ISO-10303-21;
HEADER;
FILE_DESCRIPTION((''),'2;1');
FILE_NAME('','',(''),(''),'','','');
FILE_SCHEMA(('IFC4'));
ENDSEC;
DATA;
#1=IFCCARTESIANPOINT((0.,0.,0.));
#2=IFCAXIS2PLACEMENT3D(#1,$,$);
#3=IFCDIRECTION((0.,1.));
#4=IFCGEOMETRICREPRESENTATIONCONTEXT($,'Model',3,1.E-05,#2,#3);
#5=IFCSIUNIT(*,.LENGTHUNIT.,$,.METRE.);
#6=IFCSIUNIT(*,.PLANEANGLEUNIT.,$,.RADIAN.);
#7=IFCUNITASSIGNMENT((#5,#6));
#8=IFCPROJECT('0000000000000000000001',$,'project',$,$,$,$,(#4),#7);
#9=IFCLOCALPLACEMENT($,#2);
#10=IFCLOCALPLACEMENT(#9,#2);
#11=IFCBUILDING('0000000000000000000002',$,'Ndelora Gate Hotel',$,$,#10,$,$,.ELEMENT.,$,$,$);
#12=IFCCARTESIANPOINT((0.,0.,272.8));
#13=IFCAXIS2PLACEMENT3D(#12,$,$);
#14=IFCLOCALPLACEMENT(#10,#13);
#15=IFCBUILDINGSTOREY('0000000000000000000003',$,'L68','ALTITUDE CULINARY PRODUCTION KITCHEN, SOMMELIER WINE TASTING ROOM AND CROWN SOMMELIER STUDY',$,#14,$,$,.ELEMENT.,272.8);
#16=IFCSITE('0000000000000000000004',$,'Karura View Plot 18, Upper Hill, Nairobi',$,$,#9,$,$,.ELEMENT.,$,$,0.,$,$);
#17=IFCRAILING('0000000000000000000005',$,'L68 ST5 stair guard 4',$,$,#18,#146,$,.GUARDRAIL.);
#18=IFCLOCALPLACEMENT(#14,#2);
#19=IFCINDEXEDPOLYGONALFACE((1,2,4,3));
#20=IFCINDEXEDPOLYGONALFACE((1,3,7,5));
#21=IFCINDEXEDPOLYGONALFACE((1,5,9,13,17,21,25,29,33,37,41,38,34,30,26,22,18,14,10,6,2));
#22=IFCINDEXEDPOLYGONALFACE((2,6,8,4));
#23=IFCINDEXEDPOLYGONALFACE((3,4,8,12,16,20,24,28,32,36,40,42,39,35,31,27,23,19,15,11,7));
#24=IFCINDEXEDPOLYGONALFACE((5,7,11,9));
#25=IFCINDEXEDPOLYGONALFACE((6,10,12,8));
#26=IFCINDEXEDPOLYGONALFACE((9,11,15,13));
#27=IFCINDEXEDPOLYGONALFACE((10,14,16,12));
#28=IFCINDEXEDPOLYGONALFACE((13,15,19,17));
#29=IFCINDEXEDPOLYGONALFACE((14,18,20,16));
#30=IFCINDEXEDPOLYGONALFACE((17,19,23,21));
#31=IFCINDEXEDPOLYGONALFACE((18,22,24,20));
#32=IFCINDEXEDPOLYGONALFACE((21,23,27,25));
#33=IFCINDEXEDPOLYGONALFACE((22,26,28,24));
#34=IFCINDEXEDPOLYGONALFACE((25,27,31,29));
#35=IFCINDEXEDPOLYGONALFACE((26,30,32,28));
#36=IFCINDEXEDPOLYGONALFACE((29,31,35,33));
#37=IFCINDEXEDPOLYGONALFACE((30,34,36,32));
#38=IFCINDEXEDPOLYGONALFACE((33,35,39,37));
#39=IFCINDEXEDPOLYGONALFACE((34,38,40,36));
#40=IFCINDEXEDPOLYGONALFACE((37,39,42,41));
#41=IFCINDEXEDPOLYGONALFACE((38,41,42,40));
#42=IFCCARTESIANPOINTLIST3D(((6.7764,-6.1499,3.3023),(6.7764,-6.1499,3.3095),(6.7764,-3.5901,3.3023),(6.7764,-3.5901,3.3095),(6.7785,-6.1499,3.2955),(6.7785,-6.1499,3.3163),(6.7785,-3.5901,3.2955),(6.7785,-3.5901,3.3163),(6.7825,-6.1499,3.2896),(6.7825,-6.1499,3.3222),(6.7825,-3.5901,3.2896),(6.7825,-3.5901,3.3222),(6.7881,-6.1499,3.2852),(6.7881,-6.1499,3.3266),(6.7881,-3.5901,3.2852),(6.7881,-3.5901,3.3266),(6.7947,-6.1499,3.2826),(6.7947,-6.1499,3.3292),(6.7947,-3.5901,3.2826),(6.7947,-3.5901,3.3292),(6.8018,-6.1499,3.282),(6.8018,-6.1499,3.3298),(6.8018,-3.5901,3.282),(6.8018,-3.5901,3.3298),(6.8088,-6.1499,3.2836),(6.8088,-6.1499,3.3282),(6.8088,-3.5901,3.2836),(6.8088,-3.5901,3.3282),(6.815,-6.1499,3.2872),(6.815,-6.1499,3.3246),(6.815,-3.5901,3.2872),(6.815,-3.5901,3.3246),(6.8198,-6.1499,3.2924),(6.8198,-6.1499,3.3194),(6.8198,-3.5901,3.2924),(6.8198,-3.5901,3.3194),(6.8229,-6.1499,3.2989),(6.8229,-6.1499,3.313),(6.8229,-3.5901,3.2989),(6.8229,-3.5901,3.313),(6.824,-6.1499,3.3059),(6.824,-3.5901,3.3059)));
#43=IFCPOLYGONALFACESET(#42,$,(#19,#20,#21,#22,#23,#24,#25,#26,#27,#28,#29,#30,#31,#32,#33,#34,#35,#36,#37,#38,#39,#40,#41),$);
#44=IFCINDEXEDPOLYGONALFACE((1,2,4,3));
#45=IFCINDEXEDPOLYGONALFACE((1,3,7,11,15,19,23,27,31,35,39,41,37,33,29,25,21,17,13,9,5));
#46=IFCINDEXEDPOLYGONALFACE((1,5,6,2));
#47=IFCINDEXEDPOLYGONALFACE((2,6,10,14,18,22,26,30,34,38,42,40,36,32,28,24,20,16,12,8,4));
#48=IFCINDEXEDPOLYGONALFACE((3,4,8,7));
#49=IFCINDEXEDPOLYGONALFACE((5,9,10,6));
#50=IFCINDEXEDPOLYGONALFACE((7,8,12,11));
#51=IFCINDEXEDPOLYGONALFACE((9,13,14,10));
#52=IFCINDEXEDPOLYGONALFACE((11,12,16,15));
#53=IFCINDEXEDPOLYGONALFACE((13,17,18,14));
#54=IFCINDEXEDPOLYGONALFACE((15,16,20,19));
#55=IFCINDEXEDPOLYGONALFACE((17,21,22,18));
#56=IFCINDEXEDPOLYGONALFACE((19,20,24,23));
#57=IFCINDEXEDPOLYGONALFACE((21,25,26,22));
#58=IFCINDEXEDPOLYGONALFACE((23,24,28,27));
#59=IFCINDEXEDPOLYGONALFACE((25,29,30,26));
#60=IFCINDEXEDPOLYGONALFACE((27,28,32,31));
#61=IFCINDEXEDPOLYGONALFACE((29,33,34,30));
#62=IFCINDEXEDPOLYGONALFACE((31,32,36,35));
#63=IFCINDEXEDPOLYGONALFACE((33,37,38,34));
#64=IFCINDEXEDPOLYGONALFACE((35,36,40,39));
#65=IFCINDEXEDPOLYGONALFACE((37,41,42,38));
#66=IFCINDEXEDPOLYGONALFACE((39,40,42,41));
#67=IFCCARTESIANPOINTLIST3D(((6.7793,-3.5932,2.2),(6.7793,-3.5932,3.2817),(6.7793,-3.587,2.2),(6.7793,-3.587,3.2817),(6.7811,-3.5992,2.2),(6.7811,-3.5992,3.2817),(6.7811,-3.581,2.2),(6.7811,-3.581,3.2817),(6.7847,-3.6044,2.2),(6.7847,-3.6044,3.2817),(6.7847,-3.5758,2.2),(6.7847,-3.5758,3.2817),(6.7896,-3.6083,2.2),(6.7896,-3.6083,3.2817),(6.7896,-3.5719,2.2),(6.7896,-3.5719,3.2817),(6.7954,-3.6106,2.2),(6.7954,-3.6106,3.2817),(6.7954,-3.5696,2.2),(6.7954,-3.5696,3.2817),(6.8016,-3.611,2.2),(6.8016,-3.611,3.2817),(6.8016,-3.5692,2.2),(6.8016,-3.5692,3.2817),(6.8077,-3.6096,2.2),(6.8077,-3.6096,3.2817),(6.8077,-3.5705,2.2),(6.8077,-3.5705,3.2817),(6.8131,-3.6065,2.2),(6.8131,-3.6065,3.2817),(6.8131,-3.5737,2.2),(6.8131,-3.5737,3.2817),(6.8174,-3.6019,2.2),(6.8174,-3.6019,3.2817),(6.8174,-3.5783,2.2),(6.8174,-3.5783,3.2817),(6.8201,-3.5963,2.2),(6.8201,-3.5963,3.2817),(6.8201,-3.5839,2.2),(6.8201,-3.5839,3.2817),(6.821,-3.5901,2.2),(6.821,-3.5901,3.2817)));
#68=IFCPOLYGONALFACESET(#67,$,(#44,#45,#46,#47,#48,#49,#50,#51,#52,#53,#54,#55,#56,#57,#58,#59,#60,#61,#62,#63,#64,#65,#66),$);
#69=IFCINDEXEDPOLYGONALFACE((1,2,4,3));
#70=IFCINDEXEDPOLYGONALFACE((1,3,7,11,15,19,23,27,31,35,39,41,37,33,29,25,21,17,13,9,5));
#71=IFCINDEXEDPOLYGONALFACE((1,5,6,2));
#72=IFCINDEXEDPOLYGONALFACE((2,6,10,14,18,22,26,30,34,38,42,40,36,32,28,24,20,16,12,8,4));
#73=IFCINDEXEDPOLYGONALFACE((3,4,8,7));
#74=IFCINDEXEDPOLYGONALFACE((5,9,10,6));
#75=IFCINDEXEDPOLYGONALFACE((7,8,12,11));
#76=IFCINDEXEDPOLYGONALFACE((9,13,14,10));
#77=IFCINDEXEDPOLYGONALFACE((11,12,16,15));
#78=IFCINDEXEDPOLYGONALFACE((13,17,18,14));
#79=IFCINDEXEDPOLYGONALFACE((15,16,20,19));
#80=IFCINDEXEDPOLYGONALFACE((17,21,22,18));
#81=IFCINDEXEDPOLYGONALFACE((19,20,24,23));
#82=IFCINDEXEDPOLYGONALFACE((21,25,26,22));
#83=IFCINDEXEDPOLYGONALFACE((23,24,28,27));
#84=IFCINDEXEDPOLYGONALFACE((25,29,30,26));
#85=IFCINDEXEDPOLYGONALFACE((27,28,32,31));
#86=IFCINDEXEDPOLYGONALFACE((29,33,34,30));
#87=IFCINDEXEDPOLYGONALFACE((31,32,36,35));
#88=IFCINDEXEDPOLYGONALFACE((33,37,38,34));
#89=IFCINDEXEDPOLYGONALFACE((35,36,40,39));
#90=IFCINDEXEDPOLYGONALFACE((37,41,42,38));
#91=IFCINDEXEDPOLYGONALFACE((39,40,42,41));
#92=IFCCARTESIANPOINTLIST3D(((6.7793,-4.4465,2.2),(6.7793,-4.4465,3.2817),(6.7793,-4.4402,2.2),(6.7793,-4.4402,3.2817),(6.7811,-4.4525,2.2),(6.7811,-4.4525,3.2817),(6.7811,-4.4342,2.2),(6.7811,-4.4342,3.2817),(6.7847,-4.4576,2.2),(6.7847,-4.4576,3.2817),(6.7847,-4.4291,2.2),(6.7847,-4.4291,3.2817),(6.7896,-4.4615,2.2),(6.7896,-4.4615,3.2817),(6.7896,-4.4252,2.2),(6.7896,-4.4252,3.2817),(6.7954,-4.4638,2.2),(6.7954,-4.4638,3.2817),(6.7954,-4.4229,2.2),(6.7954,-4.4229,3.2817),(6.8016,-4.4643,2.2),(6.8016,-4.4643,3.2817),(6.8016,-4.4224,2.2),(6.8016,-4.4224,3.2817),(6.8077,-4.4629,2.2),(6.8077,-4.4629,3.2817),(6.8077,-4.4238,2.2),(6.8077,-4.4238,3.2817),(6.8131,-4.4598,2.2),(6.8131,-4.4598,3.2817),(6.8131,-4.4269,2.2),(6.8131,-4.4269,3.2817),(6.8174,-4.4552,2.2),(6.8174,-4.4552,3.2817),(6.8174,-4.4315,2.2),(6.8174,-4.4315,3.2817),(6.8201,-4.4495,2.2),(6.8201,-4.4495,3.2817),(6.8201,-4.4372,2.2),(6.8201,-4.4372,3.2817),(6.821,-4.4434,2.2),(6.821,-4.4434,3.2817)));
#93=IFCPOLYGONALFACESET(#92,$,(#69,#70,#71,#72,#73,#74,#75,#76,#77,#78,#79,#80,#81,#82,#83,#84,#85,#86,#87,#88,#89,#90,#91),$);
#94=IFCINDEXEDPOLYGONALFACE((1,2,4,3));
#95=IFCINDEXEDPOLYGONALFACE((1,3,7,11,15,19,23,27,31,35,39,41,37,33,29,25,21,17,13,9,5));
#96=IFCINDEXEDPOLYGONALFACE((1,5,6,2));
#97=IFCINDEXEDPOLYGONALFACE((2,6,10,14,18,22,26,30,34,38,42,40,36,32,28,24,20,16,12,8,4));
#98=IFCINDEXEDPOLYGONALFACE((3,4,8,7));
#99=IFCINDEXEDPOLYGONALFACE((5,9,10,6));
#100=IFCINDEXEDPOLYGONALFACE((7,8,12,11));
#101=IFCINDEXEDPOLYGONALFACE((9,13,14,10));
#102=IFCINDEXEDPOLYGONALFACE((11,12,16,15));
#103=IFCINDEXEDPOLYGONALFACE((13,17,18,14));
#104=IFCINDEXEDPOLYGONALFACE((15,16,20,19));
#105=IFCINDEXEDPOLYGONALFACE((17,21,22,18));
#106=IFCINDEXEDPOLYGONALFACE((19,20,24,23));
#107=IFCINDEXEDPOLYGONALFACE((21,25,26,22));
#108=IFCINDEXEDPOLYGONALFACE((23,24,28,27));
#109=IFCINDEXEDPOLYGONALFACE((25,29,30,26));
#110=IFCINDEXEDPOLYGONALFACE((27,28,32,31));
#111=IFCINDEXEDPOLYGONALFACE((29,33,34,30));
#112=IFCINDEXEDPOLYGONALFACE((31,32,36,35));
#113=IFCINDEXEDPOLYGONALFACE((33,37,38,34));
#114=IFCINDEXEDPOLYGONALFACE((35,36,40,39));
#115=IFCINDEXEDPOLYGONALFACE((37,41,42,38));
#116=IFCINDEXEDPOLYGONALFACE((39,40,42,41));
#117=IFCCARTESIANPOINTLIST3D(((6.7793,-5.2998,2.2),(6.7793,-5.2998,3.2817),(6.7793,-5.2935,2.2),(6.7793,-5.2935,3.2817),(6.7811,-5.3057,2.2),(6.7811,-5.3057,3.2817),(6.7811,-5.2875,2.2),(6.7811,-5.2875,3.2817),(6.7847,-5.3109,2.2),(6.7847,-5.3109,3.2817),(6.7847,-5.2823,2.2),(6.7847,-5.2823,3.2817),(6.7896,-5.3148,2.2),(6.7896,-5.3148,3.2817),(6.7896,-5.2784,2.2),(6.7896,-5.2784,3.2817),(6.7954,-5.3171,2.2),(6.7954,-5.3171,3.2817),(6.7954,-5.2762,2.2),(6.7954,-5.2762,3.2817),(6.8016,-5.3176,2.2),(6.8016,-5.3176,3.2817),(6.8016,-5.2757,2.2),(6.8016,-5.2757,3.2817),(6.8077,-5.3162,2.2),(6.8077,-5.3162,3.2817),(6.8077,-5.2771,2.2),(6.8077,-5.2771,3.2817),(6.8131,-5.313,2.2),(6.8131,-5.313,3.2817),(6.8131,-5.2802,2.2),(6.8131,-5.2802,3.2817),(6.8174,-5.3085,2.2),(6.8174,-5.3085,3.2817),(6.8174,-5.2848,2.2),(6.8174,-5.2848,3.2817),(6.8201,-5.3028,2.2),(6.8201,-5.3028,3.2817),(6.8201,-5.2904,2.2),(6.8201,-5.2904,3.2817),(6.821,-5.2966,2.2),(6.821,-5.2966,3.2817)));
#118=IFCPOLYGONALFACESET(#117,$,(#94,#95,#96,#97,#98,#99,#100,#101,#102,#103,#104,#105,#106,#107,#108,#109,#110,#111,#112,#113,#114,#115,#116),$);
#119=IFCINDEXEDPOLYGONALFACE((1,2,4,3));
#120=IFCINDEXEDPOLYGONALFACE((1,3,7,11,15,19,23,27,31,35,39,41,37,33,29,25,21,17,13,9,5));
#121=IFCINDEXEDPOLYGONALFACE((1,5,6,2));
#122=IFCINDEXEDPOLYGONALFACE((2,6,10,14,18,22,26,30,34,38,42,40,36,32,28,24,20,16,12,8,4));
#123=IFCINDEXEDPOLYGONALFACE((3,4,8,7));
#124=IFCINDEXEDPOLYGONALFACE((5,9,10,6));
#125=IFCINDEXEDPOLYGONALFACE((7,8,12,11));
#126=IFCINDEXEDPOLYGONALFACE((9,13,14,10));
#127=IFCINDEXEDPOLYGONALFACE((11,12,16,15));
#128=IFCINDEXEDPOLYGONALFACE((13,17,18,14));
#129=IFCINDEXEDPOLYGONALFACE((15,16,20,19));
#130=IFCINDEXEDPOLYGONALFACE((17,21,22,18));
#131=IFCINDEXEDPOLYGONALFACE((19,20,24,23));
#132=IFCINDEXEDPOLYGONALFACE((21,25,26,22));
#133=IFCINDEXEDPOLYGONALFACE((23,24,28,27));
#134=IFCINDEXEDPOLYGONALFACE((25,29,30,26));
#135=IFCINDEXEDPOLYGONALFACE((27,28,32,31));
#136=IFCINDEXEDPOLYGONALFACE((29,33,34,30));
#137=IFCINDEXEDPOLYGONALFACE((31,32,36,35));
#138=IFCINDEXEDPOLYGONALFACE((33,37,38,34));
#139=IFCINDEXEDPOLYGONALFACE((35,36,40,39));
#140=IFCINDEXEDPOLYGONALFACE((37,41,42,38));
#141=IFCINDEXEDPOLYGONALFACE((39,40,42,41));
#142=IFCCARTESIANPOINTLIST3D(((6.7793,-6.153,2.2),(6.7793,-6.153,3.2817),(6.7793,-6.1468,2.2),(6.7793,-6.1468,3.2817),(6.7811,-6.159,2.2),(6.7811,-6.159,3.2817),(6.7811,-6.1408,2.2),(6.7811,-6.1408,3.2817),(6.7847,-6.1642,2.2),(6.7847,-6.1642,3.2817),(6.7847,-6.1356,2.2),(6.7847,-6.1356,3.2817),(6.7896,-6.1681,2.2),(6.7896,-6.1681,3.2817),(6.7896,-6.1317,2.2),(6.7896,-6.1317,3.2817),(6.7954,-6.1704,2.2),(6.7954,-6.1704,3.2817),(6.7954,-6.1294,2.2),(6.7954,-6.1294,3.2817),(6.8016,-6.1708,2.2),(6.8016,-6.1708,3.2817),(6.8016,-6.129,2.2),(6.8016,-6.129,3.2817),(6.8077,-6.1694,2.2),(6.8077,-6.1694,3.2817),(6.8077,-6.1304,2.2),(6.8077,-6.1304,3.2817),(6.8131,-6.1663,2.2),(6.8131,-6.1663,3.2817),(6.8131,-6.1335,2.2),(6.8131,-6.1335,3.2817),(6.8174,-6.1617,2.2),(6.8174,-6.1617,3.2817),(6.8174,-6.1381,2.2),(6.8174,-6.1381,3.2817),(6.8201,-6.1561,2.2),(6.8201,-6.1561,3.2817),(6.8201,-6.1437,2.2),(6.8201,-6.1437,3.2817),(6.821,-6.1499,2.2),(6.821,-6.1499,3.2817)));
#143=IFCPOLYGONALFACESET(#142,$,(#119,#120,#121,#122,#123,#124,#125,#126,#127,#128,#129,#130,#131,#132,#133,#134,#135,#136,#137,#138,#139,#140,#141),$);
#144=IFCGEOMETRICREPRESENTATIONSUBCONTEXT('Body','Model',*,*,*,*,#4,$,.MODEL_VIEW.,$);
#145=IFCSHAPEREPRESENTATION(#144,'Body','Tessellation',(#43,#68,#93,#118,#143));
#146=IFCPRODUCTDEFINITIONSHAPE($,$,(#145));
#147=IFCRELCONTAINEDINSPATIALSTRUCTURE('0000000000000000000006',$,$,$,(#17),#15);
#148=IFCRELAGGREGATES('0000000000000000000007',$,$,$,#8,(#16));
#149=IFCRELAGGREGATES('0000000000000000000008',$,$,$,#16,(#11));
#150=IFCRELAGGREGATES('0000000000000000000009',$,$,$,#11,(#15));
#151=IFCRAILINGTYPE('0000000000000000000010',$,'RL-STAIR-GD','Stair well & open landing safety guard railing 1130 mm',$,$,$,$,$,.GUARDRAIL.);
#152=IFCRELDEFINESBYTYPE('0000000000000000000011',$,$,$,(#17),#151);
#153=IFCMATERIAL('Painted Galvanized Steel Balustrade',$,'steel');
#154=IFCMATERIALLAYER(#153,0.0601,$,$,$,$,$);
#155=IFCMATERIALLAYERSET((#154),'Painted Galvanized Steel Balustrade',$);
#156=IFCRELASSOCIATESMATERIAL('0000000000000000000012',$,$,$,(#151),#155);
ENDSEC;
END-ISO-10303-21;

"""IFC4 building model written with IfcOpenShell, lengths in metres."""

from ifc_helpers import new_model, si_unit, direction, frame, origin, origin_2d, place, context, subcontext, project, spatial, circle, extrude, material, layer, layer_set, type_object, element, save


model = new_model("IFC4")

# Units and contexts
model_context = context("Model", 3, precision=1e-05, world=origin(), true_north=direction((0.0, 1.0)))
body_context = subcontext(model_context, "Body", "Model", "MODEL_VIEW")
ifc_project = project(units=[si_unit("LENGTHUNIT", "METRE"), si_unit("PLANEANGLEUNIT", "RADIAN")], contexts=[model_context])

# Site, building, storey
site_placement = place(None, origin())
site = spatial("IfcSite", under=ifc_project, at=site_placement, Name="Karura View Plot 18, Upper Hill, Nairobi", CompositionType="ELEMENT", RefElevation=0.0)
building_placement = place(site_placement, origin())
building = spatial("IfcBuilding", under=site, at=building_placement, Name="Ndelora Gate Hotel", CompositionType="ELEMENT")
storey_placement = place(building_placement, frame((0.0, 0.0, 272.8)))
storey = spatial("IfcBuildingStorey", under=building, at=storey_placement, Name="L68", Description="ALTITUDE CULINARY PRODUCTION KITCHEN, SOMMELIER WINE TASTING ROOM AND CROWN SOMMELIER STUDY", CompositionType="ELEMENT", Elevation=272.8)

# Railing
ifc_material_1 = material(Name="Painted Galvanized Steel Balustrade", Category="steel")
ifc_layer_1 = layer(ifc_material_1, 0.0601)
ifc_layer_set_1 = layer_set([ifc_layer_1], Name="Painted Galvanized Steel Balustrade")
railing_type_1 = type_object("IfcRailingType", Name="RL-STAIR-GD", Description="Stair well & open landing safety guard railing 1130 mm", PredefinedType="GUARDRAIL", material=ifc_layer_set_1)
for number, where, name in (
    (1, (6.8, -3.5901, 2.2), "L68 ST5 stair guard 4"),
):
    element("IfcRailing", number, at=place(storey_placement, frame(where)), inside=storey, type_object=railing_type_1, Name=name, PredefinedType="GUARDRAIL", context=body_context, shape_type="SweptSolid", body=[
        extrude(circle(Radius=0.0239, at=origin_2d()), frame((0.0, 0.0, 1.106), z_axis=(0.0, -1.0, 0.0), x_axis=(1.0, 0.0, 0.0)), (0.0, 0.0, 1.0), 2.5598),
        extrude(circle(Radius=0.021, at=origin_2d()), origin(), (0.0, 0.0, 1.0), 1.0818),
        extrude(circle(Radius=0.021, at=origin_2d()), frame((0.0, -0.8533, 0.0)), (0.0, 0.0, 1.0), 1.0818),
        extrude(circle(Radius=0.021, at=origin_2d()), frame((0.0, -1.7065, 0.0)), (0.0, 0.0, 1.0), 1.0818),
        extrude(circle(Radius=0.021, at=origin_2d()), frame((0.0, -2.5598, 0.0)), (0.0, 0.0, 1.0), 1.0818),
    ])

save(model, "model.ifc")
